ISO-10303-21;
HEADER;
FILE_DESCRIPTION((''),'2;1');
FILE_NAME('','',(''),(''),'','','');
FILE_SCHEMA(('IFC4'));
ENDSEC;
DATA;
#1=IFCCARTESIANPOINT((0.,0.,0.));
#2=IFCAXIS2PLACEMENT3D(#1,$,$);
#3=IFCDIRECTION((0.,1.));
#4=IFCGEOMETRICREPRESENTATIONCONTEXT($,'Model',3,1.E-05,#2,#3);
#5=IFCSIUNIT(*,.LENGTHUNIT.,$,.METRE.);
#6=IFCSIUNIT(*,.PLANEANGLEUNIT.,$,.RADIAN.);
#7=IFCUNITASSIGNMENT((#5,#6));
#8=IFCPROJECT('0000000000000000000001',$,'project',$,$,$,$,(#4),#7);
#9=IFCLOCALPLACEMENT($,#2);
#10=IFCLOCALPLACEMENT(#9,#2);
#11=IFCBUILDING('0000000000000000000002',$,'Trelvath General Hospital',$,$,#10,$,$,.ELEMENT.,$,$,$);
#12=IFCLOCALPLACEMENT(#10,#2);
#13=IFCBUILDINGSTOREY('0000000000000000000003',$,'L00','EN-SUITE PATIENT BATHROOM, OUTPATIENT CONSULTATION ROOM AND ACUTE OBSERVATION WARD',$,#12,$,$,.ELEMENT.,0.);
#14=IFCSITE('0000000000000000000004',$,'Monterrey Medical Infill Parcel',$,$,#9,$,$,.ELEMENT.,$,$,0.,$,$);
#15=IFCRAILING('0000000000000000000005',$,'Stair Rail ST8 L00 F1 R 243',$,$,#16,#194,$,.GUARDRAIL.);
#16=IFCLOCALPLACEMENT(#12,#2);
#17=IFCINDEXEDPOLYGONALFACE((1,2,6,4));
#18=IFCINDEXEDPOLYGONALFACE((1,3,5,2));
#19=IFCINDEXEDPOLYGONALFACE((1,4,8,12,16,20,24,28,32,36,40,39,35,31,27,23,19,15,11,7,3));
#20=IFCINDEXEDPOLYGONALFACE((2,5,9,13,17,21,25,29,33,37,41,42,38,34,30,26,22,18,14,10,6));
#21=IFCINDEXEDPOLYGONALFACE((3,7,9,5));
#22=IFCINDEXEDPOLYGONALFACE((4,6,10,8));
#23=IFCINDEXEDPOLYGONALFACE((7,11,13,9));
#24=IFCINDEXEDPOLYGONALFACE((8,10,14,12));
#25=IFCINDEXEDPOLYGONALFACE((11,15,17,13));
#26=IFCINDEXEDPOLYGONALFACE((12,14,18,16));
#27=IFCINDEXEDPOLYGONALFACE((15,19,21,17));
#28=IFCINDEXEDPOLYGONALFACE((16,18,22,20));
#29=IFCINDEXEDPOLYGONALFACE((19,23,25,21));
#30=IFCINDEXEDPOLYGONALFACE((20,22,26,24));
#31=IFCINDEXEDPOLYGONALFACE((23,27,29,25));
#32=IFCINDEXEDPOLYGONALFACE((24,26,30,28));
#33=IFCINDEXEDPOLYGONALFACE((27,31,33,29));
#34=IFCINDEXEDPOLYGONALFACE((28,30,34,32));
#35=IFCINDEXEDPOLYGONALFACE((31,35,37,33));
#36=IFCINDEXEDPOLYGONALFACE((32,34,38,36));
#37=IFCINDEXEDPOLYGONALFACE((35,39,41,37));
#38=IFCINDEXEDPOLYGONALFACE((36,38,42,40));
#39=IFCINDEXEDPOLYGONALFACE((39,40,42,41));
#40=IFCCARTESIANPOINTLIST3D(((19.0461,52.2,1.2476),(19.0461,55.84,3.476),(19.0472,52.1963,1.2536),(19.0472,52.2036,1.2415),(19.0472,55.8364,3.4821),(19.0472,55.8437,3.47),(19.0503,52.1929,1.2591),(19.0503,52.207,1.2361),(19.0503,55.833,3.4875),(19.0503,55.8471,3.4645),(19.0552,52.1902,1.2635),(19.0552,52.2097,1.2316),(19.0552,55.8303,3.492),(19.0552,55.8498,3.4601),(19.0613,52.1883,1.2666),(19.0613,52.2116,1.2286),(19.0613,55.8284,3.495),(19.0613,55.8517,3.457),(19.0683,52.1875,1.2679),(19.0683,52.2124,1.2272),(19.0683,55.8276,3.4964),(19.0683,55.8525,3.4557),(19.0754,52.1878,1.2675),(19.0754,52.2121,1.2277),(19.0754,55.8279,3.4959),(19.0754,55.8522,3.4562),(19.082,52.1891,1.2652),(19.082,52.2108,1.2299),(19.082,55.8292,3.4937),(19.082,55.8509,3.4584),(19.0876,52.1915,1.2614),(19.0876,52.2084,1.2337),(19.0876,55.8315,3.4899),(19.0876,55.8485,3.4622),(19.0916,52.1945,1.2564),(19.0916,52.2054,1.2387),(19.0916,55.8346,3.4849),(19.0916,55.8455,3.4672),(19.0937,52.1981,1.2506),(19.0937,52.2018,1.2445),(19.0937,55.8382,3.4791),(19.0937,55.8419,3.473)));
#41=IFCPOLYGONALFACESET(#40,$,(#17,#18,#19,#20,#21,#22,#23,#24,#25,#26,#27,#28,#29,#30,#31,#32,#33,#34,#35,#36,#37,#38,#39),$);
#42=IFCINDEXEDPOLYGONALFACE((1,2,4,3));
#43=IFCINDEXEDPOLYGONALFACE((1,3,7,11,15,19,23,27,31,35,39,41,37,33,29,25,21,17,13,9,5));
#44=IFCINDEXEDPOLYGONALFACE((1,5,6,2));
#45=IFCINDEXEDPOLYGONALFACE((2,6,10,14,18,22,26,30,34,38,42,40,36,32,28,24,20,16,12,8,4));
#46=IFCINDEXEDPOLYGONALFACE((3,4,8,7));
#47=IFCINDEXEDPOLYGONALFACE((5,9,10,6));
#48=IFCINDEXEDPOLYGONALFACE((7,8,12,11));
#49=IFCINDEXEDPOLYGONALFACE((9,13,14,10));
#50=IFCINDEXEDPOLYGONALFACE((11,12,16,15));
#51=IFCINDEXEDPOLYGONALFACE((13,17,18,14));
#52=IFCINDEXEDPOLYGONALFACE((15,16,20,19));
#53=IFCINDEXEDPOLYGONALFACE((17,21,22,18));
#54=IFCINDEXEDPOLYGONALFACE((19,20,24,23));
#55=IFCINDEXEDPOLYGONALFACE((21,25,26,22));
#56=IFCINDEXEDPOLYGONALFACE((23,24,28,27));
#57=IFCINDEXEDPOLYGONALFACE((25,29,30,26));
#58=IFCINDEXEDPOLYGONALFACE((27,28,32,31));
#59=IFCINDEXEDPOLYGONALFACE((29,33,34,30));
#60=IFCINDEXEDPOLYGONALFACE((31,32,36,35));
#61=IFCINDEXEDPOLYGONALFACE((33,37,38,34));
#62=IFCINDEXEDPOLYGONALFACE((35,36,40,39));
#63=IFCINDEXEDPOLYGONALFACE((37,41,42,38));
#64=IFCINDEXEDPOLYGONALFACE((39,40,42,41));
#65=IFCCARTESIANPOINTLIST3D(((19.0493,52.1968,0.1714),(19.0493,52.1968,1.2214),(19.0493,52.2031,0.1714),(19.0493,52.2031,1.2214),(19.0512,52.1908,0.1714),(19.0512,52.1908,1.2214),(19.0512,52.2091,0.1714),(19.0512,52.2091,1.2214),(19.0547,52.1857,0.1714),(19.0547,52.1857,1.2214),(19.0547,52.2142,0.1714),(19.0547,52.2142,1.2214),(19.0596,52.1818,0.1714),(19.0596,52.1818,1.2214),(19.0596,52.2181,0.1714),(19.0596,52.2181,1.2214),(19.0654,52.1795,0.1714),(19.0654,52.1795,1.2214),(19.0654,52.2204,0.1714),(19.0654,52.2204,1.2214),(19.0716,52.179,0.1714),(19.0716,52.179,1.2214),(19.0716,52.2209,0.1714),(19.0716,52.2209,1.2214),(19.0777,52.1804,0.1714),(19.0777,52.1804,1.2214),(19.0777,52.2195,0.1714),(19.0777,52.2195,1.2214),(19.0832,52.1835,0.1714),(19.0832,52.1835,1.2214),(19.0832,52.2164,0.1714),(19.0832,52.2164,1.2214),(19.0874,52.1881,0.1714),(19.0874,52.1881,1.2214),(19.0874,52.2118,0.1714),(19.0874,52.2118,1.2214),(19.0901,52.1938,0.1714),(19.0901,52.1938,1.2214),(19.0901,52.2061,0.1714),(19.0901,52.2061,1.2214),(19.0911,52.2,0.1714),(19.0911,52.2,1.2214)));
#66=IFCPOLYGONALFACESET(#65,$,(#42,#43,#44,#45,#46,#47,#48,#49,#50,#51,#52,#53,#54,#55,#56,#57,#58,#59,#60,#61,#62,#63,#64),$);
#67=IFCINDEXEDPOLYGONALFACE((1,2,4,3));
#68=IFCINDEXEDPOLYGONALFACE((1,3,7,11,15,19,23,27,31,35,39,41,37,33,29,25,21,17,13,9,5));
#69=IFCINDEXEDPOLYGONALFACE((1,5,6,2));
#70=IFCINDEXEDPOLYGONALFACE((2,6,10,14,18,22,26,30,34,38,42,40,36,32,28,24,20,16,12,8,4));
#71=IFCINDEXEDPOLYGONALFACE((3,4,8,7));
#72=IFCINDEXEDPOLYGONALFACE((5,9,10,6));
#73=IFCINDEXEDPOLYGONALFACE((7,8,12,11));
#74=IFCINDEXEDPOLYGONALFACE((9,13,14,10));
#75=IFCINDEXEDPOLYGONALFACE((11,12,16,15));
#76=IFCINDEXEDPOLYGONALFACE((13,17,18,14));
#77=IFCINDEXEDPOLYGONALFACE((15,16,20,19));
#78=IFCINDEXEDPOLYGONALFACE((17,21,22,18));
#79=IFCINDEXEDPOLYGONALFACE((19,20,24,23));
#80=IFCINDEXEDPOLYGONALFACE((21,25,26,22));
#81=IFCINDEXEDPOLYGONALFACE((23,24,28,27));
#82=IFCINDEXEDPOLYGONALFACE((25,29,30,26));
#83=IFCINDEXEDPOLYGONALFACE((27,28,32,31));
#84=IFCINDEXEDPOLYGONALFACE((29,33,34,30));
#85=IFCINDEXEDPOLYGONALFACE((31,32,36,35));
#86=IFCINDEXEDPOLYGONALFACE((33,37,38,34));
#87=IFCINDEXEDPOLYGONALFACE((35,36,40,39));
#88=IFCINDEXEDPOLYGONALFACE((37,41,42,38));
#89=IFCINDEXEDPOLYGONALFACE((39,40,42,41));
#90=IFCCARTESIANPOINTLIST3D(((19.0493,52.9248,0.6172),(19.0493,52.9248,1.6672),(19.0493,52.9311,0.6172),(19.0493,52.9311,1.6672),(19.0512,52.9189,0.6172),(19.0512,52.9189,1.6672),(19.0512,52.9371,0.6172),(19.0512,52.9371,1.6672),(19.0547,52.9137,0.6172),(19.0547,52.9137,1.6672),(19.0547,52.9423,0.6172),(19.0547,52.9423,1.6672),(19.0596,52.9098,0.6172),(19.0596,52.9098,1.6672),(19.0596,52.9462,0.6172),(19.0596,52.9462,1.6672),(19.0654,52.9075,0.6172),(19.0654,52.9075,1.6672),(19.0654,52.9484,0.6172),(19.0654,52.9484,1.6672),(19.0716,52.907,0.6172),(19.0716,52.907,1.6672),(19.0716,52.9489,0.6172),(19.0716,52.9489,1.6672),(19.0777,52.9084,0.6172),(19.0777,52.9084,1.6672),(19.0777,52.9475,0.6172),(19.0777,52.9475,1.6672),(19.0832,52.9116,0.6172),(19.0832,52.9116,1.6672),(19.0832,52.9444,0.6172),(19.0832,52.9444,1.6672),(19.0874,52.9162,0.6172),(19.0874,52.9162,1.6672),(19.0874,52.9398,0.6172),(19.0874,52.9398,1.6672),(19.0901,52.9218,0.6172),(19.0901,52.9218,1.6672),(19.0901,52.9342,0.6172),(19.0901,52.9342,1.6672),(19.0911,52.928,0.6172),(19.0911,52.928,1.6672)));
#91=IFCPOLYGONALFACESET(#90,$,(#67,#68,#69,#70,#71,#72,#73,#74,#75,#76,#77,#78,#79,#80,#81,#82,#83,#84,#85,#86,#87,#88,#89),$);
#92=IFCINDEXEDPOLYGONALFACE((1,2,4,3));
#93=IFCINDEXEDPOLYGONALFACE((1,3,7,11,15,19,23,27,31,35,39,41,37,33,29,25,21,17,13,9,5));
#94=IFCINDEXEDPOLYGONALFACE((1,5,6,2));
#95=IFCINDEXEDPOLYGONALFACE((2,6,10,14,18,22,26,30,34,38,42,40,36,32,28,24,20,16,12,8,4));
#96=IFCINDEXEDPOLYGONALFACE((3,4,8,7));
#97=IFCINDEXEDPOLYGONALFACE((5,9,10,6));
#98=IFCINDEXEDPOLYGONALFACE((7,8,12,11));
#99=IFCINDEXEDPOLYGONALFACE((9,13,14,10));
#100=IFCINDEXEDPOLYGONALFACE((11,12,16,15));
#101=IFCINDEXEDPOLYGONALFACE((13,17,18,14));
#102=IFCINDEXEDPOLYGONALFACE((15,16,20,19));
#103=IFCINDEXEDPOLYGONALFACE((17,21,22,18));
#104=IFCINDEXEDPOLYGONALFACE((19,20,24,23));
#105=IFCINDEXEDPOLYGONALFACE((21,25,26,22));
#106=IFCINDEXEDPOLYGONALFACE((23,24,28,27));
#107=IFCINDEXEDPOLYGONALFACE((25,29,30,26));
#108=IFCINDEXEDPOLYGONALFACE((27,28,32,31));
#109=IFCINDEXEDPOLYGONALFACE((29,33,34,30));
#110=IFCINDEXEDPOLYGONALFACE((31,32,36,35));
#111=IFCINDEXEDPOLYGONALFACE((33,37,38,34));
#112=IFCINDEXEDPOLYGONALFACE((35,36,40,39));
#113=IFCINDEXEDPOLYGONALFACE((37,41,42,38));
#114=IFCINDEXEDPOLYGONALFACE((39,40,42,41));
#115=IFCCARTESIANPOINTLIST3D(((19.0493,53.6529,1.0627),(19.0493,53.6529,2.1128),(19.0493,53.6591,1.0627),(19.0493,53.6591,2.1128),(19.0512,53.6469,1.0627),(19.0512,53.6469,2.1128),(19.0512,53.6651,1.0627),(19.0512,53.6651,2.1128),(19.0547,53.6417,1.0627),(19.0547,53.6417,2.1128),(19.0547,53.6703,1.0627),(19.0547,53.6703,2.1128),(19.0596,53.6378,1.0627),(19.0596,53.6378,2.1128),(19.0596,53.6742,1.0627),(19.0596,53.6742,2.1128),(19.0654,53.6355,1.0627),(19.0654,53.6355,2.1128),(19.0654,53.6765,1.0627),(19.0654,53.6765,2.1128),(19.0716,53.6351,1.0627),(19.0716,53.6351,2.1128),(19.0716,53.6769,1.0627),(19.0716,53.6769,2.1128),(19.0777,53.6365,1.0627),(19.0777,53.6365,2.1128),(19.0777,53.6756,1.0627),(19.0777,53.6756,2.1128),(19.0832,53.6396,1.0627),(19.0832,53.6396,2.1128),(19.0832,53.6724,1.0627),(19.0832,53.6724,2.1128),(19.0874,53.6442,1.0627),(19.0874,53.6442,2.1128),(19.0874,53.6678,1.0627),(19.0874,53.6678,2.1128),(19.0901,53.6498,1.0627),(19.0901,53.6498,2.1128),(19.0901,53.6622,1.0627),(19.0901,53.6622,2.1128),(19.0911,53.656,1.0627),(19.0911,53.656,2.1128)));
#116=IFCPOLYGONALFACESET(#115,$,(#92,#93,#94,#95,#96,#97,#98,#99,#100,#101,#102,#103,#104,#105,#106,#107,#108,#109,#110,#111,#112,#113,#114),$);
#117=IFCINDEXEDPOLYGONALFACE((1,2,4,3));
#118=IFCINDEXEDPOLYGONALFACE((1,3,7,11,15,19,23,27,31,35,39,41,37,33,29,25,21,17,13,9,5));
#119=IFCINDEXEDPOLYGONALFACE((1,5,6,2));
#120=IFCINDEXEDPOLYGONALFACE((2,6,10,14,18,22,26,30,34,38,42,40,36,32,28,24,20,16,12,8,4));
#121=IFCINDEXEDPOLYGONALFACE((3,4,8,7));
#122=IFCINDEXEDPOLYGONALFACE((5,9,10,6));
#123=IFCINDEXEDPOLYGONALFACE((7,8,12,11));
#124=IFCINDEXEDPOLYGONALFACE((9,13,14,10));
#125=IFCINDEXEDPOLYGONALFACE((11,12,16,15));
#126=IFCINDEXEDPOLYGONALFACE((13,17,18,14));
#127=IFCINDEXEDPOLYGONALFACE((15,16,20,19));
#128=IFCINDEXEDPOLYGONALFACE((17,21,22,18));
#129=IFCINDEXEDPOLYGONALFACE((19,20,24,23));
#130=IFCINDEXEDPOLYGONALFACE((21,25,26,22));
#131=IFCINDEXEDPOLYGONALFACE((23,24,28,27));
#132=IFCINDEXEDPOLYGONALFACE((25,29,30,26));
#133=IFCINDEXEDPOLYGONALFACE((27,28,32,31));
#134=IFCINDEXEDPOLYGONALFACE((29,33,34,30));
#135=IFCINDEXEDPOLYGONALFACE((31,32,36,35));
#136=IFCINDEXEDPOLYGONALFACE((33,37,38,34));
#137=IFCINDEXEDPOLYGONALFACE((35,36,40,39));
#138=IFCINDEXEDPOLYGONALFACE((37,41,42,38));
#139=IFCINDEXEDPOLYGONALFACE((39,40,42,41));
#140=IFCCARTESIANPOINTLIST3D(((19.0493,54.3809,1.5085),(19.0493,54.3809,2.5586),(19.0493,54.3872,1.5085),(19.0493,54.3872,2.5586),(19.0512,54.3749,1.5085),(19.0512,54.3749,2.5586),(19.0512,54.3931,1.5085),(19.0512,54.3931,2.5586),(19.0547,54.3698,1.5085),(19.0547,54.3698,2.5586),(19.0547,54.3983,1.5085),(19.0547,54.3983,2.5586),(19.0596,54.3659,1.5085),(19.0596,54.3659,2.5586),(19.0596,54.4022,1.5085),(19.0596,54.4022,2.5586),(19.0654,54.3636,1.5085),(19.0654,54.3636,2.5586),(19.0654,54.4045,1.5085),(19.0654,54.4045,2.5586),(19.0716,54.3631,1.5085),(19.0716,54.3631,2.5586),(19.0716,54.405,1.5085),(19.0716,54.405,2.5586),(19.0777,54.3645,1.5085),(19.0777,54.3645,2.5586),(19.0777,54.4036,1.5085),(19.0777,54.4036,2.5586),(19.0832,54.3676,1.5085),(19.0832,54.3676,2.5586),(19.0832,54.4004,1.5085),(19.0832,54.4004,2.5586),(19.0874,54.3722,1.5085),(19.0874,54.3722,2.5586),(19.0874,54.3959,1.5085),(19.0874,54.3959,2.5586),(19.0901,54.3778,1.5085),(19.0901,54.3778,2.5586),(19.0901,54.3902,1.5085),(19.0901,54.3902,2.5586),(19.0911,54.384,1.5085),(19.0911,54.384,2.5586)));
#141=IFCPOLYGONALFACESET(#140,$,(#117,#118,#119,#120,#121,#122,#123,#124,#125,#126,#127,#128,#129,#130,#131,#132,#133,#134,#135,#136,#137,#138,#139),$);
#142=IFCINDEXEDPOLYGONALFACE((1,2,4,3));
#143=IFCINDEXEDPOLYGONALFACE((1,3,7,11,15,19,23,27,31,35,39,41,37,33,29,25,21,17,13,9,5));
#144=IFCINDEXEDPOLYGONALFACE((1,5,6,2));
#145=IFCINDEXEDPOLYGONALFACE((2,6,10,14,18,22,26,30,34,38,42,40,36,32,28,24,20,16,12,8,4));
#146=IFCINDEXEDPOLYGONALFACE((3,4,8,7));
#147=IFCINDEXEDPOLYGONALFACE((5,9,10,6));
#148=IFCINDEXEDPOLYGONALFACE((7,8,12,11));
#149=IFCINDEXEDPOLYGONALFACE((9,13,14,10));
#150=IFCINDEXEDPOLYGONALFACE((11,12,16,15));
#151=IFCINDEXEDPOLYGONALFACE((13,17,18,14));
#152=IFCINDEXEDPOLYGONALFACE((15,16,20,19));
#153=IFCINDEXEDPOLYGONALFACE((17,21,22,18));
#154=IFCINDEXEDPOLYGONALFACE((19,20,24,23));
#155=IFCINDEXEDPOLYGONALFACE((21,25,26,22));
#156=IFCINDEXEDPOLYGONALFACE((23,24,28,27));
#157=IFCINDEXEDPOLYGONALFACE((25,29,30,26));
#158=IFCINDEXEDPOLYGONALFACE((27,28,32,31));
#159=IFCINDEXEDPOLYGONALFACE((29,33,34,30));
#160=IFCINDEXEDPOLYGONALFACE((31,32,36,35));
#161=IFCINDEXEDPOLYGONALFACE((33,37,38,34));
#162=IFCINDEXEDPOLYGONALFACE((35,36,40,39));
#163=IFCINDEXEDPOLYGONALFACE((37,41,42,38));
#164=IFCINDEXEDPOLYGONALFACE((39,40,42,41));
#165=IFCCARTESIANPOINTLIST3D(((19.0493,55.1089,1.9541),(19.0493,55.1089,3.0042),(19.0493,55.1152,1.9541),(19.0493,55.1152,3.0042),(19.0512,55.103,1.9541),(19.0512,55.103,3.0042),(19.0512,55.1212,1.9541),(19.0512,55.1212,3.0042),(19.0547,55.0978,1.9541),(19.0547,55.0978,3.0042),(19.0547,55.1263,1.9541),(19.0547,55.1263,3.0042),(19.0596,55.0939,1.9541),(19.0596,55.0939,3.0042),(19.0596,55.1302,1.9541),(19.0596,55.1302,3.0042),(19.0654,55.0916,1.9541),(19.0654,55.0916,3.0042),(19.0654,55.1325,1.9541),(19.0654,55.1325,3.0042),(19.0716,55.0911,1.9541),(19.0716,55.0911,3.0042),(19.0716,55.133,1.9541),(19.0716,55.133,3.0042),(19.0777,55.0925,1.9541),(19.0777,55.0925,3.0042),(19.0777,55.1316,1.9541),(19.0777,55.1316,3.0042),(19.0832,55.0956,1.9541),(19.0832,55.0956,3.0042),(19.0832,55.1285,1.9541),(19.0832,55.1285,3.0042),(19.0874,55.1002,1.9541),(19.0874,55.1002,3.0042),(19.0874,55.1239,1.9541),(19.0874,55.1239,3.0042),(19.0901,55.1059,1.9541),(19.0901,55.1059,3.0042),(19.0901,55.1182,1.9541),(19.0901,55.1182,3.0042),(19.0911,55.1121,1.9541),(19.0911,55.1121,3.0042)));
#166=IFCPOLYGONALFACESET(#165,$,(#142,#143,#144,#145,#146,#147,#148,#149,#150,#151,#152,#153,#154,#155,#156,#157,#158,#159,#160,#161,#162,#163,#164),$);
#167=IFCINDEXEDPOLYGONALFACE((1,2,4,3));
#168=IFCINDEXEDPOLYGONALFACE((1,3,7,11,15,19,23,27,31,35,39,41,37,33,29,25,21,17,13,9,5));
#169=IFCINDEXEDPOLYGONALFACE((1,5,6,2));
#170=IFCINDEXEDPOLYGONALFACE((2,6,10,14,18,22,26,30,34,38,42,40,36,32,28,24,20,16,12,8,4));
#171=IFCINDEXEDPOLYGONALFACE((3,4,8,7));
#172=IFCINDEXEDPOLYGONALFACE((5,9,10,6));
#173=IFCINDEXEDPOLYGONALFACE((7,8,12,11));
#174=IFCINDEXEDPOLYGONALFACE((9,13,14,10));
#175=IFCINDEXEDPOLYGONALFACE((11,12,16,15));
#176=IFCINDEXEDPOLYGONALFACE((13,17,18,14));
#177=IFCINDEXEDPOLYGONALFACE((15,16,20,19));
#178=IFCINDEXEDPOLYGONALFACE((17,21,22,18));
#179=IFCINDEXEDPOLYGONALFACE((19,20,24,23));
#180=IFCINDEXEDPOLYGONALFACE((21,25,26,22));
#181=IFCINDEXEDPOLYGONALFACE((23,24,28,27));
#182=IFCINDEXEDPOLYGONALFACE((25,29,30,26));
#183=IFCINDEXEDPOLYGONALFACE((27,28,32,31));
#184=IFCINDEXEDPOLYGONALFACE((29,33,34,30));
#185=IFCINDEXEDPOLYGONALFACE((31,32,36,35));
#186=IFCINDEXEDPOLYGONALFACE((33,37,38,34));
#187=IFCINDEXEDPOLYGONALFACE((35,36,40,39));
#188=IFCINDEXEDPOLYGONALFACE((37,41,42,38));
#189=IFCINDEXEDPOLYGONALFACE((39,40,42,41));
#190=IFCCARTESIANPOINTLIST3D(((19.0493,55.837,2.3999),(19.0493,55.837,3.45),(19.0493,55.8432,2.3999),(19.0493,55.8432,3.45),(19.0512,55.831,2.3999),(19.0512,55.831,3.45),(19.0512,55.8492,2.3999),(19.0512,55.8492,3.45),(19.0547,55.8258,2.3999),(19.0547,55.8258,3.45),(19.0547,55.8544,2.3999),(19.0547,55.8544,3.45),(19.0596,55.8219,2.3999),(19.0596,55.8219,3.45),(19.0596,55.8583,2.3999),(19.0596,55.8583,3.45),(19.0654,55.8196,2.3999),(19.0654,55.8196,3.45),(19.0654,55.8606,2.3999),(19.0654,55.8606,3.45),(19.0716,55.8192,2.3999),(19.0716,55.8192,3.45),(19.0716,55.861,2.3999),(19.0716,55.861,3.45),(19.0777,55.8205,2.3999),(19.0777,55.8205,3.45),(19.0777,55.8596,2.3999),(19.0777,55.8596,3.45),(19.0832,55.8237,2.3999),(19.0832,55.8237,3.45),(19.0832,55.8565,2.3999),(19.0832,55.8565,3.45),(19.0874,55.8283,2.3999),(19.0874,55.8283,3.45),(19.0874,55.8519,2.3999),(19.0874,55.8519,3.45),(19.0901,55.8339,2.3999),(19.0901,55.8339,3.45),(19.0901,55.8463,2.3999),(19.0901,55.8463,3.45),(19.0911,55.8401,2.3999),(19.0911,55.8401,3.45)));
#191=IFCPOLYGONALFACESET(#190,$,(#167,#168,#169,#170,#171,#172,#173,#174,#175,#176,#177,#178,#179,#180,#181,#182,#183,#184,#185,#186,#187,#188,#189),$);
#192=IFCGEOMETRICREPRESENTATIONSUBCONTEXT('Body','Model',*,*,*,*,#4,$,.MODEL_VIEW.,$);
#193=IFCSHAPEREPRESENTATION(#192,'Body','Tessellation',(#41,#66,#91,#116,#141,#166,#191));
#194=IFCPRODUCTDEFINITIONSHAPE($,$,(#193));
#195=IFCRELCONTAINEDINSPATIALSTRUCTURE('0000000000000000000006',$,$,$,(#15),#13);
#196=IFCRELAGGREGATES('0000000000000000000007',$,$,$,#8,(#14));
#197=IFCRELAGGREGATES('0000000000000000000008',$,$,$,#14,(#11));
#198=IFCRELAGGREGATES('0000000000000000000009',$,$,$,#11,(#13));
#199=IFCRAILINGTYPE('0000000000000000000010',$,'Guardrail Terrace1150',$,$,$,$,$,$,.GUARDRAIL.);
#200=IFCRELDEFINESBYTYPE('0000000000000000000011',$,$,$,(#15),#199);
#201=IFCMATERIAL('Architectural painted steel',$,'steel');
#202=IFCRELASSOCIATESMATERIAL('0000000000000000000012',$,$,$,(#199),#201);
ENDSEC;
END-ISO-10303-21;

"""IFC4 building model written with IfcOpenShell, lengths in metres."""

from ifc_helpers import new_model, si_unit, direction, frame, origin, origin_2d, place, context, subcontext, project, spatial, circle, extrude, material, type_object, element, save


model = new_model("IFC4")

# Units and contexts
model_context = context("Model", 3, precision=1e-05, world=origin(), true_north=direction((0.0, 1.0)))
body_context = subcontext(model_context, "Body", "Model", "MODEL_VIEW")
ifc_project = project(units=[si_unit("LENGTHUNIT", "METRE"), si_unit("PLANEANGLEUNIT", "RADIAN")], contexts=[model_context])

# Site, building, storey
site_placement = place(None, origin())
site = spatial("IfcSite", under=ifc_project, at=site_placement, Name="Monterrey Medical Infill Parcel", CompositionType="ELEMENT", RefElevation=0.0)
building_placement = place(site_placement, origin())
building = spatial("IfcBuilding", under=site, at=building_placement, Name="Trelvath General Hospital", CompositionType="ELEMENT")
storey_placement = place(building_placement, origin())
storey = spatial("IfcBuildingStorey", under=building, at=storey_placement, Name="L00", Description="EN-SUITE PATIENT BATHROOM, OUTPATIENT CONSULTATION ROOM AND ACUTE OBSERVATION WARD", CompositionType="ELEMENT", Elevation=0.0)

# Railing
ifc_material_1 = material(Name="Architectural painted steel", Category="steel")
railing_type_1 = type_object("IfcRailingType", Name="Guardrail Terrace1150", PredefinedType="GUARDRAIL", material=ifc_material_1)
railing_1_placement = place(storey_placement, frame((19.0701, 52.2, 0.1714)))
element("IfcRailing", 1, at=railing_1_placement, inside=storey, type_object=railing_type_1, Name="Stair Rail ST8 L00 F1 R 243", PredefinedType="GUARDRAIL", context=body_context, shape_type="SweptSolid", body=[
    extrude(circle(Radius=0.0239, at=origin_2d()), frame((0.0, 0.0, 1.0762), z_axis=(0.0, 0.852866, 0.52213), x_axis=(-1.0, 0.0, 0.0)), (0.0, 0.0, 1.0), 4.2681),
    extrude(circle(Radius=0.021, at=origin_2d()), origin(), (0.0, 0.0, 1.0), 1.05),
    extrude(circle(Radius=0.021, at=origin_2d()), frame((0.0, 0.728, 0.4458)), (0.0, 0.0, 1.0), 1.05),
    extrude(circle(Radius=0.021, at=origin_2d()), frame((0.0, 1.4561, 0.8914)), (0.0, 0.0, 1.0), 1.05),
    extrude(circle(Radius=0.021, at=origin_2d()), frame((0.0, 2.1841, 1.3372)), (0.0, 0.0, 1.0), 1.05),
    extrude(circle(Radius=0.021, at=origin_2d()), frame((0.0, 2.9121, 1.7827)), (0.0, 0.0, 1.0), 1.05),
    extrude(circle(Radius=0.021, at=origin_2d()), frame((0.0, 3.6401, 2.2285)), (0.0, 0.0, 1.0), 1.05),
])

save(model, "model.ifc")
